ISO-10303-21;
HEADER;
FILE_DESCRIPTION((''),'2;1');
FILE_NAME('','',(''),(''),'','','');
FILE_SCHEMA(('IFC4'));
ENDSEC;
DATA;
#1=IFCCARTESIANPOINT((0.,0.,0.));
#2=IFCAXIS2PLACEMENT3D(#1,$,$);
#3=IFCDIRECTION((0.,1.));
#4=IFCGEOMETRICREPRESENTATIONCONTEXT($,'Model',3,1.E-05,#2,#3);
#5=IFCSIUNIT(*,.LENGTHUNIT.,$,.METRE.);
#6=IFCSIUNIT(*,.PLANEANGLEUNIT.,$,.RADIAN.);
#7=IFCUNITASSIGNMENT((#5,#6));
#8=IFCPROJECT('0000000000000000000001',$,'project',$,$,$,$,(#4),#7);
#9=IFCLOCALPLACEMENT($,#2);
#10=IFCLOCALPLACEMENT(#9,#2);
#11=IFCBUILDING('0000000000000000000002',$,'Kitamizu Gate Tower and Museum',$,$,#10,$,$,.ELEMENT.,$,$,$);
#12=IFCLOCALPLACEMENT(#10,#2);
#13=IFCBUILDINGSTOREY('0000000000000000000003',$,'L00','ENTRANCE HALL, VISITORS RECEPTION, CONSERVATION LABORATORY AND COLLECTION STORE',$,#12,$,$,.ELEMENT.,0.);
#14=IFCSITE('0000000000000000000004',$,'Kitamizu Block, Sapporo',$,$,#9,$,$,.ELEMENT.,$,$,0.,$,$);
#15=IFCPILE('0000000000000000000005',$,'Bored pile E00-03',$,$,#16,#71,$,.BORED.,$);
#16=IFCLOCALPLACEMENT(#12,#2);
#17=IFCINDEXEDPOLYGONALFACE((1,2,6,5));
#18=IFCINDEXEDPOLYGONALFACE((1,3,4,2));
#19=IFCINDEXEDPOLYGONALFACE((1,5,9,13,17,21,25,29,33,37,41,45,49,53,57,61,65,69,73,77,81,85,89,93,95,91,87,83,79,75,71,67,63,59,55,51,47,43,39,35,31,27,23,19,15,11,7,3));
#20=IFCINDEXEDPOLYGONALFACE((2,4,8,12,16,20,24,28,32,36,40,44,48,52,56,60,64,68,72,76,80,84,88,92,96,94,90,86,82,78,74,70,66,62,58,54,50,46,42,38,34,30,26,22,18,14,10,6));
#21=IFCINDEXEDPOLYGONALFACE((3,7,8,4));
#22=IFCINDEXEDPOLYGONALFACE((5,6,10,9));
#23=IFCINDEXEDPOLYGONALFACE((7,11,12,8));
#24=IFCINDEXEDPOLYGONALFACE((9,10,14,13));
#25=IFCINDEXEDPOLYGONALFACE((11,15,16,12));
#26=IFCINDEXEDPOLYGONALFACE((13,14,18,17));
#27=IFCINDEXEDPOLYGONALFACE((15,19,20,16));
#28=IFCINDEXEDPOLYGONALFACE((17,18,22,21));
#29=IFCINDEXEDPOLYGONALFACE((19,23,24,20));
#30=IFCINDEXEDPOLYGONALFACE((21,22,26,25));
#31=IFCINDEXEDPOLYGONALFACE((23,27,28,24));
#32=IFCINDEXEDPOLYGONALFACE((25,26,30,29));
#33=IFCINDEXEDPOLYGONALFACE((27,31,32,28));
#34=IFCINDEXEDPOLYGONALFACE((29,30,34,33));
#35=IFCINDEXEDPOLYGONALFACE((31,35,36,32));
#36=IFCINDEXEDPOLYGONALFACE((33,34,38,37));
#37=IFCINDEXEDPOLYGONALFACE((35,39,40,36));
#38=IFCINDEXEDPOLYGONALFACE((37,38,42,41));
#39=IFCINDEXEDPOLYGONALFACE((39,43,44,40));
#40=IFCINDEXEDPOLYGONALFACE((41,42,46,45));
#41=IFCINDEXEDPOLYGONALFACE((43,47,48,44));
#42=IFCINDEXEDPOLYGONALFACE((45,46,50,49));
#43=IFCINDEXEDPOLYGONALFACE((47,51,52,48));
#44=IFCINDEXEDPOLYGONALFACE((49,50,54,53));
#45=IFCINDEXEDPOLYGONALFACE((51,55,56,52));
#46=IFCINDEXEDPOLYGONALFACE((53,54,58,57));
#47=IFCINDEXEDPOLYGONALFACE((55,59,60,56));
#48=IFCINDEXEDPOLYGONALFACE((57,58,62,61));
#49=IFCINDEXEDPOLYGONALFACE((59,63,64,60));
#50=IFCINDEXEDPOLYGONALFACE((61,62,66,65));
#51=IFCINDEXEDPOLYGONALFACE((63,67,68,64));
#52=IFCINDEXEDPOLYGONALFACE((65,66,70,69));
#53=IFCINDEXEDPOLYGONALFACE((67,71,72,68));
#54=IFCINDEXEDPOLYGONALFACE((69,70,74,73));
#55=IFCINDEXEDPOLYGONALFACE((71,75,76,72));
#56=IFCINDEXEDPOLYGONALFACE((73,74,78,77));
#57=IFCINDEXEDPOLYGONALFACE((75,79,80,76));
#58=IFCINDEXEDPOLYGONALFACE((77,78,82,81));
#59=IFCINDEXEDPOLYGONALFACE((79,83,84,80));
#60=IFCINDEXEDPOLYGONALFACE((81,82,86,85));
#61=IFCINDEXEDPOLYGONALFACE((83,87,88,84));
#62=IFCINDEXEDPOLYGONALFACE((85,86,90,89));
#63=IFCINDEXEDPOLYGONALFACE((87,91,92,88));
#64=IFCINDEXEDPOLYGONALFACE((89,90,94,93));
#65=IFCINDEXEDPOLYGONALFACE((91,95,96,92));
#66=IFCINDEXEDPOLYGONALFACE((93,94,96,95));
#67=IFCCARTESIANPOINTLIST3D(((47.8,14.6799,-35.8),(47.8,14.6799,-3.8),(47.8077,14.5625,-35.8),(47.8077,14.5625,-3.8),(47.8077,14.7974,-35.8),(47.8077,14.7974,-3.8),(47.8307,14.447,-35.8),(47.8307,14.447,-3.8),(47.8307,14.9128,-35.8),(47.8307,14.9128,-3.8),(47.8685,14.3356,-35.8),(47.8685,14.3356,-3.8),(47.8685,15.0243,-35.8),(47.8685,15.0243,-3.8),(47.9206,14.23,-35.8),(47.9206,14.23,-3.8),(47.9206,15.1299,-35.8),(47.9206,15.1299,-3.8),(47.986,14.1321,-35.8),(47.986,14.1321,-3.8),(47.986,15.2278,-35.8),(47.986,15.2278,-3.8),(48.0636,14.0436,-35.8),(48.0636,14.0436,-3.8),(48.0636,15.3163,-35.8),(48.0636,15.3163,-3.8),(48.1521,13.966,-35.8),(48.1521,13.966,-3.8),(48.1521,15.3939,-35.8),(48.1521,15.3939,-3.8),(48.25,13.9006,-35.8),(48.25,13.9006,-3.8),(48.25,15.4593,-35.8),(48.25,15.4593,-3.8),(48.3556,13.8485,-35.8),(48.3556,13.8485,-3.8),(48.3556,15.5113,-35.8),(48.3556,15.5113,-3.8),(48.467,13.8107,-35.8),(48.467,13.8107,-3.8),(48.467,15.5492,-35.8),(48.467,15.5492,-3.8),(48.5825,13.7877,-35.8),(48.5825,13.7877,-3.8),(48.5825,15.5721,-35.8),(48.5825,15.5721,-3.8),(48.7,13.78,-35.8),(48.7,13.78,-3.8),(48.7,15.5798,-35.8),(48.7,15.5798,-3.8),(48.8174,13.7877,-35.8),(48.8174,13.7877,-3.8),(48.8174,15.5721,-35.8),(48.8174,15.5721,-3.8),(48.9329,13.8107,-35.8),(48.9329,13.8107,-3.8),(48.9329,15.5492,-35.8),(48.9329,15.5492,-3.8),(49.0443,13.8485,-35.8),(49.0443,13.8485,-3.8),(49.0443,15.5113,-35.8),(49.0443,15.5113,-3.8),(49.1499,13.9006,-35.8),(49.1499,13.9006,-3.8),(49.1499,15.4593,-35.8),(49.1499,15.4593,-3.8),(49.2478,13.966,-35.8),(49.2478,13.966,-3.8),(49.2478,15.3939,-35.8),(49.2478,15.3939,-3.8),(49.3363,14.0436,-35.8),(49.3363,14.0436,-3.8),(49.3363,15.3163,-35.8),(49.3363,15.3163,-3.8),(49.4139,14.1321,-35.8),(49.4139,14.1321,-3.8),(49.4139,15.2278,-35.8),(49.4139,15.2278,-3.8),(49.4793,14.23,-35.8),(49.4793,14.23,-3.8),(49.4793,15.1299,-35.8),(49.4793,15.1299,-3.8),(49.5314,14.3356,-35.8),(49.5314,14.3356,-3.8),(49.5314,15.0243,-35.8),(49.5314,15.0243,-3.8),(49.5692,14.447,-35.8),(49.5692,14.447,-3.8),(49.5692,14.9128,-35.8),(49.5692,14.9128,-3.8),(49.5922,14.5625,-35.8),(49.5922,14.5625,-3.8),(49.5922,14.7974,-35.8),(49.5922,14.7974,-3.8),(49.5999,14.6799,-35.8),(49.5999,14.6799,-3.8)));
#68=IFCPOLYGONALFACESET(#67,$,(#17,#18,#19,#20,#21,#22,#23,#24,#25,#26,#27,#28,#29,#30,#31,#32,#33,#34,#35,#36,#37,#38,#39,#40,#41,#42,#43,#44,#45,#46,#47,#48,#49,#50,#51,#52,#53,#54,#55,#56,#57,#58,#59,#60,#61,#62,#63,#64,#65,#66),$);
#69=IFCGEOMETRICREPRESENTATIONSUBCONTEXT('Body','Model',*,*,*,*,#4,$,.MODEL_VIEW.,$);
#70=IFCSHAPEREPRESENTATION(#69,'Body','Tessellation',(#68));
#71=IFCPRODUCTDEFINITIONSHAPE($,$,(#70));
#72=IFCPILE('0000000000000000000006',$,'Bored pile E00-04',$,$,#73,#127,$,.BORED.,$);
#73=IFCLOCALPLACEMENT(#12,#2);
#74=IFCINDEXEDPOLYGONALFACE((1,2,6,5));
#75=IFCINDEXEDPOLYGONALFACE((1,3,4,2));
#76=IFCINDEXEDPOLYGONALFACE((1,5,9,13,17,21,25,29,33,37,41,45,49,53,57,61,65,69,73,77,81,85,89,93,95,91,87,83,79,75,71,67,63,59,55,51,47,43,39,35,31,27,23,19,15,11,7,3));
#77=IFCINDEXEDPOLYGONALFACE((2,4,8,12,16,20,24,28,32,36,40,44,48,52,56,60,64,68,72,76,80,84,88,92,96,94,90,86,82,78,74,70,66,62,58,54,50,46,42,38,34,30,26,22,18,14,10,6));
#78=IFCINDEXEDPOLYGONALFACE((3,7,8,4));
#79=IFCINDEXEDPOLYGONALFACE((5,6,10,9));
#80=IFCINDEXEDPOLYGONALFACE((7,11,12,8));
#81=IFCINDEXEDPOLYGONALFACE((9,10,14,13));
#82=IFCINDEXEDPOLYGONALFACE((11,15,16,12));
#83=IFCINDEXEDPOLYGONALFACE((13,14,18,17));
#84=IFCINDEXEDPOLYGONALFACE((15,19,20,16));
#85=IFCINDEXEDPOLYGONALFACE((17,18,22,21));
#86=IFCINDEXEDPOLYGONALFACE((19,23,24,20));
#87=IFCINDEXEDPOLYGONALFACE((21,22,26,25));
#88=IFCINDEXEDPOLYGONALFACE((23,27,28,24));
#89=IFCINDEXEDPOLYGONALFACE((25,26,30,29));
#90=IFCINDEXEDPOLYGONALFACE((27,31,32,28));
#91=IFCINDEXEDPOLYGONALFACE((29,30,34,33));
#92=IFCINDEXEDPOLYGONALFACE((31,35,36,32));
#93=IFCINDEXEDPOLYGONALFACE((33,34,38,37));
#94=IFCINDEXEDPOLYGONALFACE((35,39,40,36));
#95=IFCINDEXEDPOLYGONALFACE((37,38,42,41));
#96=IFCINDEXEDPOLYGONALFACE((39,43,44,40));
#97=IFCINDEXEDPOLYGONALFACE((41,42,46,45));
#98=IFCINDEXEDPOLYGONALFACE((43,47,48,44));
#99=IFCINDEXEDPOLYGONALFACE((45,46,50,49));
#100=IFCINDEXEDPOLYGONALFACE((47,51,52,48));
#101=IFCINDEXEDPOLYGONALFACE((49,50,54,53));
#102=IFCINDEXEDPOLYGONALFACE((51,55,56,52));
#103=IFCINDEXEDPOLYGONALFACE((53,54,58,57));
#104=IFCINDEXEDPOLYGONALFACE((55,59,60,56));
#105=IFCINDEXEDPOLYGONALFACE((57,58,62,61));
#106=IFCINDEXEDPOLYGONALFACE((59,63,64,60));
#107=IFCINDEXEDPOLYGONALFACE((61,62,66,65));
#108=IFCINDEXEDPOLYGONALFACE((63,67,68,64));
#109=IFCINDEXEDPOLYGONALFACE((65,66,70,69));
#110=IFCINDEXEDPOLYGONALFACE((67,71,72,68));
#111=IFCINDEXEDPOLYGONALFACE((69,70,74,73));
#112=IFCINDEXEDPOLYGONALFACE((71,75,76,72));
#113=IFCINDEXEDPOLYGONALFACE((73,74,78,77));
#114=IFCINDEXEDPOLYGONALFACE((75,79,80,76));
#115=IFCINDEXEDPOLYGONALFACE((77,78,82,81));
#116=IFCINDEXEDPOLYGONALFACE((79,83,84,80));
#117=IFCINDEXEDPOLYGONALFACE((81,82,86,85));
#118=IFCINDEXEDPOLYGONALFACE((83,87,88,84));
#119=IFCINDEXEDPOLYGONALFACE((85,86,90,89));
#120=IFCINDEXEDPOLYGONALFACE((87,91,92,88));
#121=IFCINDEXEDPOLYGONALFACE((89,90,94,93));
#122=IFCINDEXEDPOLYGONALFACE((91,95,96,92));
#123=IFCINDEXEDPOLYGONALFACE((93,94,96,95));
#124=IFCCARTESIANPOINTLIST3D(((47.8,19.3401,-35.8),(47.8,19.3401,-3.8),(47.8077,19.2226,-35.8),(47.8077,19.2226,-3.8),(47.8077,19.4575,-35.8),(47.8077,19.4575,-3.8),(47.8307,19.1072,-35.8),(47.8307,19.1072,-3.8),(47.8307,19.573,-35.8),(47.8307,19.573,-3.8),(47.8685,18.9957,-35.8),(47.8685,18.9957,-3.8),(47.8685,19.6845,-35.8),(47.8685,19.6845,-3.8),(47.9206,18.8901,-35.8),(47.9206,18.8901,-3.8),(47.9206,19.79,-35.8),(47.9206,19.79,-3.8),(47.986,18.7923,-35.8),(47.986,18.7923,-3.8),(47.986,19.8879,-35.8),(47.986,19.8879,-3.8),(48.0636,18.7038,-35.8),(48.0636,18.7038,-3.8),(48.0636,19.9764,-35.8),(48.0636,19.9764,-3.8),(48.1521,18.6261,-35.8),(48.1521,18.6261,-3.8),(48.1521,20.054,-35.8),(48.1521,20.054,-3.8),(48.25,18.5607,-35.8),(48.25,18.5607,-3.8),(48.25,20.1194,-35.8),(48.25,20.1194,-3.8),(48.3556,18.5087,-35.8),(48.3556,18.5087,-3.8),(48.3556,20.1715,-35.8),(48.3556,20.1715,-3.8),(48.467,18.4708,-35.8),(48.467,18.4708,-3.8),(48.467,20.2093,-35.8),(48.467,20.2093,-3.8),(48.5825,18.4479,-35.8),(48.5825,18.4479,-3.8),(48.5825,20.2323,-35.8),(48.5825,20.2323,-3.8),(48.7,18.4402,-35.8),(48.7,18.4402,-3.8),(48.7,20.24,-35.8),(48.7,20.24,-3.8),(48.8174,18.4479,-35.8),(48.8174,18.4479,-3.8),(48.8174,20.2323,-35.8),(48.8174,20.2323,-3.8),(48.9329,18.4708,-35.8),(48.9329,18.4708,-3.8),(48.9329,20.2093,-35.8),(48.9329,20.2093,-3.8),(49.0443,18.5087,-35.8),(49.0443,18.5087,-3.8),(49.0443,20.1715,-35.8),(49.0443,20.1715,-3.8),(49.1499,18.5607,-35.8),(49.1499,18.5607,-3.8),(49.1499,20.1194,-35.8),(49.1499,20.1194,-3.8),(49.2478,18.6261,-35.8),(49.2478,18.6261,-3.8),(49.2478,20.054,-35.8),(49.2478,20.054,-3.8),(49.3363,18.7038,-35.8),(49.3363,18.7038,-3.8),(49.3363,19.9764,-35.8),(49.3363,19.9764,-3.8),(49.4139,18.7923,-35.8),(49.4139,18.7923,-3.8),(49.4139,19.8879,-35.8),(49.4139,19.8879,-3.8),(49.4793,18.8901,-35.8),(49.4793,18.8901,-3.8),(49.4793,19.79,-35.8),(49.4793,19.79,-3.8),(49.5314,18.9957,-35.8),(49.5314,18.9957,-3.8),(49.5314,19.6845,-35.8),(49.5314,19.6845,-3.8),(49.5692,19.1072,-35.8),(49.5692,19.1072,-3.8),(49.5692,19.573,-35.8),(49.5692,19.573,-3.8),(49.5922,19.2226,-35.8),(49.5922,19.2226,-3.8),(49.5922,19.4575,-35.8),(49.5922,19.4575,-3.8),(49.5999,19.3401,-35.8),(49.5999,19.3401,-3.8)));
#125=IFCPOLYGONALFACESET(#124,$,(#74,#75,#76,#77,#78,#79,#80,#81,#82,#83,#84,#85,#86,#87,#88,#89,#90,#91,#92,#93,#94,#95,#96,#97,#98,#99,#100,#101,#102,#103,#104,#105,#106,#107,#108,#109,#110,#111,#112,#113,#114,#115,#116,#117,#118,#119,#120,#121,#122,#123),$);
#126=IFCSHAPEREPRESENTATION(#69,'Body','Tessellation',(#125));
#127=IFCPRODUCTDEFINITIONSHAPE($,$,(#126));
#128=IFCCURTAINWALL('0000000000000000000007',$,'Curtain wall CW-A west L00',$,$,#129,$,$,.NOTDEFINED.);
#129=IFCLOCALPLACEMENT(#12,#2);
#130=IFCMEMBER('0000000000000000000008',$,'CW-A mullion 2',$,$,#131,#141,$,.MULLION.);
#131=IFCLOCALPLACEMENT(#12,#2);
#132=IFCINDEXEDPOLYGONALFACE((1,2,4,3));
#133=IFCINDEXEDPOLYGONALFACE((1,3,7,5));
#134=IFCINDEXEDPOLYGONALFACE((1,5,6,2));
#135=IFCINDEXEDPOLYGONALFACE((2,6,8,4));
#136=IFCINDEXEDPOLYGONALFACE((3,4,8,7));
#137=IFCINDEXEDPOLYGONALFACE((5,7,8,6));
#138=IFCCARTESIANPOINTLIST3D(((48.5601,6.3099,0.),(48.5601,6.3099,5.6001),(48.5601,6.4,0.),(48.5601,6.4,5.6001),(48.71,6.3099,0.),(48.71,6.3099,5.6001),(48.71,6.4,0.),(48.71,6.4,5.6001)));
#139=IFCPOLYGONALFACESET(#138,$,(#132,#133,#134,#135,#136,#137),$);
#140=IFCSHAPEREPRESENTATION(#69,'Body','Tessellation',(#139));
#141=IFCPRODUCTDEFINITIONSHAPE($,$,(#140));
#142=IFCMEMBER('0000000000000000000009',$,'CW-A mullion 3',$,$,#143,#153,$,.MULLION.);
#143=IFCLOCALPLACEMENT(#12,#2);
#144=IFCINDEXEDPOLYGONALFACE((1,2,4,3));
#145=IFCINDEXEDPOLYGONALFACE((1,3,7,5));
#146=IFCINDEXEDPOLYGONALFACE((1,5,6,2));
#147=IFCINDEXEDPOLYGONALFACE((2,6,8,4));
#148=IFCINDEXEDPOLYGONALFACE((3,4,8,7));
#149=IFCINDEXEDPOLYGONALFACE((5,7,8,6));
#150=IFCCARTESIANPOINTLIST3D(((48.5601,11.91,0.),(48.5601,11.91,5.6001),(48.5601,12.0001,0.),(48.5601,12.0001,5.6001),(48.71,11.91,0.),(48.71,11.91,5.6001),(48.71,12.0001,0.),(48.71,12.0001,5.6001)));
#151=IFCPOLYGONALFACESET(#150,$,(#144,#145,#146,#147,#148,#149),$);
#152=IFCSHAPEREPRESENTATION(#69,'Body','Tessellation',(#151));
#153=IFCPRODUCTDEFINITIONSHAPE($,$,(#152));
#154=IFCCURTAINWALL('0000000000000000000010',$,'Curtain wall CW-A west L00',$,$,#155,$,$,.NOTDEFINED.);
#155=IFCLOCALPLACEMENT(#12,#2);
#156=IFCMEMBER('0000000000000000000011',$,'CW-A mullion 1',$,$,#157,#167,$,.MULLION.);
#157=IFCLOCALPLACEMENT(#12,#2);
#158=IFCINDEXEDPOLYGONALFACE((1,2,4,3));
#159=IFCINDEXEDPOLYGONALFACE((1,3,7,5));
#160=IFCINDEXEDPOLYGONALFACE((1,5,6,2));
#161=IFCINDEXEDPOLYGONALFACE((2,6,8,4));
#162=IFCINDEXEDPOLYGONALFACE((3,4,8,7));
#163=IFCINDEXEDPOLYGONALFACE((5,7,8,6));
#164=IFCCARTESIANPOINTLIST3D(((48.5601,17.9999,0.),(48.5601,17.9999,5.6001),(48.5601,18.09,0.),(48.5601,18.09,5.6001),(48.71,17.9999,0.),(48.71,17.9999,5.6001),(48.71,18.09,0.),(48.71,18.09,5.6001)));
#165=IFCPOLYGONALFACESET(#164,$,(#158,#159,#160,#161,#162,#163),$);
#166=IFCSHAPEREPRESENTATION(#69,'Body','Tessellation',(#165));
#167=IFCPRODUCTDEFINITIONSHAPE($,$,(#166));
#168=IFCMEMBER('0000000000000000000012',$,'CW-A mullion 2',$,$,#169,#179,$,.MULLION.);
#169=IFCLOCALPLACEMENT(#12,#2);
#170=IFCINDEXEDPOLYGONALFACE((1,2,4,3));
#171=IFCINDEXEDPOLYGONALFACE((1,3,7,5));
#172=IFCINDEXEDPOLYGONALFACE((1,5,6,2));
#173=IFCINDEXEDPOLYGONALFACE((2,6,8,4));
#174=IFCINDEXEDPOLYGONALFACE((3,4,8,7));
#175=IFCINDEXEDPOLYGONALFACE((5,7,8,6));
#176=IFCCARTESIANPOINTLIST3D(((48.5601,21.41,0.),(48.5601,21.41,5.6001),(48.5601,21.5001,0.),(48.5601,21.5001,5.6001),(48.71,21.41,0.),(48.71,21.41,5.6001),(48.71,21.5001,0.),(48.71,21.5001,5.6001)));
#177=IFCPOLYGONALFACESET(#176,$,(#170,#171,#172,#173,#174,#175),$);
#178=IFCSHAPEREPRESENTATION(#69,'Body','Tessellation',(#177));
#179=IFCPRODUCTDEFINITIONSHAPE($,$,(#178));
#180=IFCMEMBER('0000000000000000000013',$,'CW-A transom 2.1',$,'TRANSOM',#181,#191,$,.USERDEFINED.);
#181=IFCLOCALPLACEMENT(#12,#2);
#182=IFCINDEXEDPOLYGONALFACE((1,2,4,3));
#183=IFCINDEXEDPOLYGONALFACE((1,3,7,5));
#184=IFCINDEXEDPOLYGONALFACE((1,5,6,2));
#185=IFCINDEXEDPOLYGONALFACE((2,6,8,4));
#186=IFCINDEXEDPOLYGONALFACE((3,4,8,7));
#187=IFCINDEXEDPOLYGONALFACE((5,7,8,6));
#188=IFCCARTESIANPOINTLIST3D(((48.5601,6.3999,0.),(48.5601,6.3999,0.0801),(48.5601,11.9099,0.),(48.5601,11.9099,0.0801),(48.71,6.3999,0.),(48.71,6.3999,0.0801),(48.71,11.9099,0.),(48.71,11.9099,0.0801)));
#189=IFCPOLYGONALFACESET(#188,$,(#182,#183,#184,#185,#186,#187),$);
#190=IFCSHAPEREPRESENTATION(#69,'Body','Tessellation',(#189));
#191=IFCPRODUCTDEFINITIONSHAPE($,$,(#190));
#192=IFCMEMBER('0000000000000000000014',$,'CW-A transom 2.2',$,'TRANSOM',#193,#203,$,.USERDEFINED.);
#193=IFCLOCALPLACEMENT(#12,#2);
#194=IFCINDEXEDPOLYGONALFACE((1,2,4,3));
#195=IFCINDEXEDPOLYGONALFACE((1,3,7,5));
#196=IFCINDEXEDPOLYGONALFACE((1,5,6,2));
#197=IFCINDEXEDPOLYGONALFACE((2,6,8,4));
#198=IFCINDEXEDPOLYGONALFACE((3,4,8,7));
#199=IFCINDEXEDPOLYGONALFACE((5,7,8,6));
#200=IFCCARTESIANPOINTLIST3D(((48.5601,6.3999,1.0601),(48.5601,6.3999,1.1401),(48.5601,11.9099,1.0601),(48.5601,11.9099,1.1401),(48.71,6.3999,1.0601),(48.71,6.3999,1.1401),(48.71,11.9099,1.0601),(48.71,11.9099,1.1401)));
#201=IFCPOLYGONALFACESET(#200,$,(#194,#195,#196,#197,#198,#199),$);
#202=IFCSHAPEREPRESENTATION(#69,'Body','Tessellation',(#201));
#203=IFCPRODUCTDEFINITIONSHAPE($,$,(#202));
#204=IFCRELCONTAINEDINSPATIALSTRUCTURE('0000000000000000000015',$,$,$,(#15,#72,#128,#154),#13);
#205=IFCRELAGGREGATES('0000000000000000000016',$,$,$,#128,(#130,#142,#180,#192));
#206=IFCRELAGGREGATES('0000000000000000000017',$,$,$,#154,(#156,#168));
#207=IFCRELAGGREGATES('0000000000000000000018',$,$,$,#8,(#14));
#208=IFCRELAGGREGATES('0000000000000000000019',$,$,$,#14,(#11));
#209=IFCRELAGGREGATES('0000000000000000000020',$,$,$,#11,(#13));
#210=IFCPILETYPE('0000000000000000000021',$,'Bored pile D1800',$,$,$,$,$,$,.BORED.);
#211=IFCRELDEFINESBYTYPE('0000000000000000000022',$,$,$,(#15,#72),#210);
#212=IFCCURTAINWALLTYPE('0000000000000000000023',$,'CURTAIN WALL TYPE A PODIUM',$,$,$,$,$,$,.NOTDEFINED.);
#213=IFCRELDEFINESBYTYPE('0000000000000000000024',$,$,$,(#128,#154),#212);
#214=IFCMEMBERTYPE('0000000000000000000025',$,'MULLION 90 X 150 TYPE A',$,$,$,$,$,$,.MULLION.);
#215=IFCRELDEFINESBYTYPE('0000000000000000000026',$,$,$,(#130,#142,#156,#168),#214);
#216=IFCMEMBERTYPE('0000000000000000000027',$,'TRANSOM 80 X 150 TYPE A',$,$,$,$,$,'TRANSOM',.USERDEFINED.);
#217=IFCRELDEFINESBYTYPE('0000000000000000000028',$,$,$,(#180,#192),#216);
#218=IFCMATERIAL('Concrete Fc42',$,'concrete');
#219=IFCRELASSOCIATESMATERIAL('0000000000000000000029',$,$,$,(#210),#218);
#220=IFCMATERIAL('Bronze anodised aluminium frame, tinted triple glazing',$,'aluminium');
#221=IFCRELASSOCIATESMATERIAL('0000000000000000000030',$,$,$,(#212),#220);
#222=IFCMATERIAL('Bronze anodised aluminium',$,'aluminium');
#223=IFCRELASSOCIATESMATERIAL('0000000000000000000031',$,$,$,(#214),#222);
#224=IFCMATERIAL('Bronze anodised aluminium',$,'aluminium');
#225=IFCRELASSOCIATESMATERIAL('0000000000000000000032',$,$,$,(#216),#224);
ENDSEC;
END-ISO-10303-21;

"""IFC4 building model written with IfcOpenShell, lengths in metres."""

from ifc_helpers import new_model, si_unit, direction, frame, origin, origin_2d, place, context, subcontext, project, spatial, rectangle, circle, extrude, material, material_profile, profile_set, type_object, element, aggregate, save


model = new_model("IFC4")

# Units and contexts
model_context = context("Model", 3, precision=1e-05, world=origin(), true_north=direction((0.0, 1.0)))
body_context = subcontext(model_context, "Body", "Model", "MODEL_VIEW")
ifc_project = project(units=[si_unit("LENGTHUNIT", "METRE"), si_unit("PLANEANGLEUNIT", "RADIAN")], contexts=[model_context])

# Site, building, storey
site_placement = place(None, origin())
site = spatial("IfcSite", under=ifc_project, at=site_placement, Name="Kitamizu Block, Sapporo", CompositionType="ELEMENT", RefElevation=0.0)
building_placement = place(site_placement, origin())
building = spatial("IfcBuilding", under=site, at=building_placement, Name="Kitamizu Gate Tower and Museum", CompositionType="ELEMENT")
storey_placement = place(building_placement, origin())
storey = spatial("IfcBuildingStorey", under=building, at=storey_placement, Name="L00", Description="ENTRANCE HALL, VISITORS RECEPTION, CONSERVATION LABORATORY AND COLLECTION STORE", CompositionType="ELEMENT", Elevation=0.0)

# Piles
ifc_material_1 = material(Name="Concrete Fc42", Category="concrete")
ifc_material_profile_1 = material_profile(ifc_material_1, circle(Radius=0.8999, at=origin_2d()), Name="Bored pile D1800")
ifc_profile_set_1 = profile_set([ifc_material_profile_1], Name="Concrete Fc42")
pile_type = type_object("IfcPileType", Name="Bored pile D1800", PredefinedType="BORED", material=ifc_profile_set_1)
for number, where, z_axis, x_axis, name in (
    (1, (48.7, 14.6799, -3.8), (0.0, 0.0, -1.0), (1.0, 0.0, 0.0), "Bored pile E00-03"),
    (2, (48.7, 19.3401, -3.8), (0.0, 0.0, -1.0), (1.0, 0.0, 0.0), "Bored pile E00-04"),
):
    element("IfcPile", number, at=place(storey_placement, frame(where, z_axis=z_axis, x_axis=x_axis)), inside=storey, type_object=pile_type, Name=name, PredefinedType="BORED", context=body_context, shape_type="SweptSolid", body=[
        extrude(circle(Radius=0.8999, at=origin_2d()), origin(), (0.0, 0.0, 1.0), 32.0),
    ])

# Curtain walls, members
ifc_material_2 = material(Name="Bronze anodised aluminium frame, tinted triple glazing", Category="aluminium")
curtain_wall_type = type_object("IfcCurtainWallType", Name="CURTAIN WALL TYPE A PODIUM", PredefinedType="NOTDEFINED", material=ifc_material_2)
curtain_wall_1_placement = place(storey_placement, origin())
curtain_wall_1 = element("IfcCurtainWall", 3, at=curtain_wall_1_placement, inside=storey, type_object=curtain_wall_type, Name="Curtain wall CW-A west L00", PredefinedType="NOTDEFINED")
ifc_material_3 = material(Name="Bronze anodised aluminium", Category="aluminium")
ifc_material_profile_2 = material_profile(ifc_material_3, rectangle(XDim=0.0901, YDim=0.1499, at=origin_2d()), Name="AL 90X150")
ifc_profile_set_2 = profile_set([ifc_material_profile_2], Name="Bronze anodised aluminium")
member_type_1 = type_object("IfcMemberType", Name="MULLION 90 X 150 TYPE A", PredefinedType="MULLION", material=ifc_profile_set_2)
member_1_placement = place(storey_placement, frame((48.635, 6.355, 0.0), z_axis=(0.0, 0.0, 1.0), x_axis=(0.0, 1.0, 0.0)))
member_1 = element("IfcMember", 4, at=member_1_placement, type_object=member_type_1, Name="CW-A mullion 2", PredefinedType="MULLION", context=body_context, shape_type="SweptSolid", body=[
    extrude(rectangle(XDim=0.0901, YDim=0.1499, at=origin_2d()), origin(), (0.0, 0.0, 1.0), 5.6001),
])
member_2_placement = place(storey_placement, frame((48.635, 11.9551, 0.0), z_axis=(0.0, 0.0, 1.0), x_axis=(0.0, 1.0, 0.0)))
member_2 = element("IfcMember", 5, at=member_2_placement, type_object=member_type_1, Name="CW-A mullion 3", PredefinedType="MULLION", context=body_context, shape_type="SweptSolid", body=[
    extrude(rectangle(XDim=0.0901, YDim=0.1499, at=origin_2d()), origin(), (0.0, 0.0, 1.0), 5.6001),
])
curtain_wall_2_placement = place(storey_placement, origin())
curtain_wall_2 = element("IfcCurtainWall", 6, at=curtain_wall_2_placement, inside=storey, type_object=curtain_wall_type, Name="Curtain wall CW-A west L00", PredefinedType="NOTDEFINED")
member_3_placement = place(storey_placement, frame((48.635, 18.0449, 0.0), z_axis=(0.0, 0.0, 1.0), x_axis=(0.0, 1.0, 0.0)))
member_3 = element("IfcMember", 7, at=member_3_placement, type_object=member_type_1, Name="CW-A mullion 1", PredefinedType="MULLION", context=body_context, shape_type="SweptSolid", body=[
    extrude(rectangle(XDim=0.0901, YDim=0.1499, at=origin_2d()), origin(), (0.0, 0.0, 1.0), 5.6001),
])
member_4_placement = place(storey_placement, frame((48.635, 21.4551, 0.0), z_axis=(0.0, 0.0, 1.0), x_axis=(0.0, 1.0, 0.0)))
member_4 = element("IfcMember", 8, at=member_4_placement, type_object=member_type_1, Name="CW-A mullion 2", PredefinedType="MULLION", context=body_context, shape_type="SweptSolid", body=[
    extrude(rectangle(XDim=0.0901, YDim=0.1499, at=origin_2d()), origin(), (0.0, 0.0, 1.0), 5.6001),
])

# Members
ifc_material_4 = material(Name="Bronze anodised aluminium", Category="aluminium")
ifc_material_profile_3 = material_profile(ifc_material_4, rectangle(XDim=0.1499, YDim=0.0801, at=origin_2d()), Name="AL 80X150")
ifc_profile_set_3 = profile_set([ifc_material_profile_3], Name="Bronze anodised aluminium")
member_type_2 = type_object("IfcMemberType", Name="TRANSOM 80 X 150 TYPE A", ElementType="TRANSOM", PredefinedType="USERDEFINED", material=ifc_profile_set_3)
member_5_placement = place(storey_placement, frame((48.635, 6.3999, 0.04), z_axis=(0.0, 1.0, 0.0), x_axis=(-1.0, 0.0, 0.0)))
member_5 = element("IfcMember", 9, at=member_5_placement, type_object=member_type_2, Name="CW-A transom 2.1", ObjectType="TRANSOM", PredefinedType="USERDEFINED", context=body_context, shape_type="SweptSolid", body=[
    extrude(rectangle(XDim=0.1499, YDim=0.0801, at=origin_2d()), origin(), (0.0, 0.0, 1.0), 5.51),
])
member_6_placement = place(storey_placement, frame((48.635, 6.3999, 1.1001), z_axis=(0.0, 1.0, 0.0), x_axis=(-1.0, 0.0, 0.0)))
member_6 = element("IfcMember", 10, at=member_6_placement, type_object=member_type_2, Name="CW-A transom 2.2", ObjectType="TRANSOM", PredefinedType="USERDEFINED", context=body_context, shape_type="SweptSolid", body=[
    extrude(rectangle(XDim=0.1499, YDim=0.0801, at=origin_2d()), origin(), (0.0, 0.0, 1.0), 5.51),
])

aggregate(curtain_wall_1, [member_1, member_2, member_5, member_6])
aggregate(curtain_wall_2, [member_3, member_4])

save(model, "model.ifc")
